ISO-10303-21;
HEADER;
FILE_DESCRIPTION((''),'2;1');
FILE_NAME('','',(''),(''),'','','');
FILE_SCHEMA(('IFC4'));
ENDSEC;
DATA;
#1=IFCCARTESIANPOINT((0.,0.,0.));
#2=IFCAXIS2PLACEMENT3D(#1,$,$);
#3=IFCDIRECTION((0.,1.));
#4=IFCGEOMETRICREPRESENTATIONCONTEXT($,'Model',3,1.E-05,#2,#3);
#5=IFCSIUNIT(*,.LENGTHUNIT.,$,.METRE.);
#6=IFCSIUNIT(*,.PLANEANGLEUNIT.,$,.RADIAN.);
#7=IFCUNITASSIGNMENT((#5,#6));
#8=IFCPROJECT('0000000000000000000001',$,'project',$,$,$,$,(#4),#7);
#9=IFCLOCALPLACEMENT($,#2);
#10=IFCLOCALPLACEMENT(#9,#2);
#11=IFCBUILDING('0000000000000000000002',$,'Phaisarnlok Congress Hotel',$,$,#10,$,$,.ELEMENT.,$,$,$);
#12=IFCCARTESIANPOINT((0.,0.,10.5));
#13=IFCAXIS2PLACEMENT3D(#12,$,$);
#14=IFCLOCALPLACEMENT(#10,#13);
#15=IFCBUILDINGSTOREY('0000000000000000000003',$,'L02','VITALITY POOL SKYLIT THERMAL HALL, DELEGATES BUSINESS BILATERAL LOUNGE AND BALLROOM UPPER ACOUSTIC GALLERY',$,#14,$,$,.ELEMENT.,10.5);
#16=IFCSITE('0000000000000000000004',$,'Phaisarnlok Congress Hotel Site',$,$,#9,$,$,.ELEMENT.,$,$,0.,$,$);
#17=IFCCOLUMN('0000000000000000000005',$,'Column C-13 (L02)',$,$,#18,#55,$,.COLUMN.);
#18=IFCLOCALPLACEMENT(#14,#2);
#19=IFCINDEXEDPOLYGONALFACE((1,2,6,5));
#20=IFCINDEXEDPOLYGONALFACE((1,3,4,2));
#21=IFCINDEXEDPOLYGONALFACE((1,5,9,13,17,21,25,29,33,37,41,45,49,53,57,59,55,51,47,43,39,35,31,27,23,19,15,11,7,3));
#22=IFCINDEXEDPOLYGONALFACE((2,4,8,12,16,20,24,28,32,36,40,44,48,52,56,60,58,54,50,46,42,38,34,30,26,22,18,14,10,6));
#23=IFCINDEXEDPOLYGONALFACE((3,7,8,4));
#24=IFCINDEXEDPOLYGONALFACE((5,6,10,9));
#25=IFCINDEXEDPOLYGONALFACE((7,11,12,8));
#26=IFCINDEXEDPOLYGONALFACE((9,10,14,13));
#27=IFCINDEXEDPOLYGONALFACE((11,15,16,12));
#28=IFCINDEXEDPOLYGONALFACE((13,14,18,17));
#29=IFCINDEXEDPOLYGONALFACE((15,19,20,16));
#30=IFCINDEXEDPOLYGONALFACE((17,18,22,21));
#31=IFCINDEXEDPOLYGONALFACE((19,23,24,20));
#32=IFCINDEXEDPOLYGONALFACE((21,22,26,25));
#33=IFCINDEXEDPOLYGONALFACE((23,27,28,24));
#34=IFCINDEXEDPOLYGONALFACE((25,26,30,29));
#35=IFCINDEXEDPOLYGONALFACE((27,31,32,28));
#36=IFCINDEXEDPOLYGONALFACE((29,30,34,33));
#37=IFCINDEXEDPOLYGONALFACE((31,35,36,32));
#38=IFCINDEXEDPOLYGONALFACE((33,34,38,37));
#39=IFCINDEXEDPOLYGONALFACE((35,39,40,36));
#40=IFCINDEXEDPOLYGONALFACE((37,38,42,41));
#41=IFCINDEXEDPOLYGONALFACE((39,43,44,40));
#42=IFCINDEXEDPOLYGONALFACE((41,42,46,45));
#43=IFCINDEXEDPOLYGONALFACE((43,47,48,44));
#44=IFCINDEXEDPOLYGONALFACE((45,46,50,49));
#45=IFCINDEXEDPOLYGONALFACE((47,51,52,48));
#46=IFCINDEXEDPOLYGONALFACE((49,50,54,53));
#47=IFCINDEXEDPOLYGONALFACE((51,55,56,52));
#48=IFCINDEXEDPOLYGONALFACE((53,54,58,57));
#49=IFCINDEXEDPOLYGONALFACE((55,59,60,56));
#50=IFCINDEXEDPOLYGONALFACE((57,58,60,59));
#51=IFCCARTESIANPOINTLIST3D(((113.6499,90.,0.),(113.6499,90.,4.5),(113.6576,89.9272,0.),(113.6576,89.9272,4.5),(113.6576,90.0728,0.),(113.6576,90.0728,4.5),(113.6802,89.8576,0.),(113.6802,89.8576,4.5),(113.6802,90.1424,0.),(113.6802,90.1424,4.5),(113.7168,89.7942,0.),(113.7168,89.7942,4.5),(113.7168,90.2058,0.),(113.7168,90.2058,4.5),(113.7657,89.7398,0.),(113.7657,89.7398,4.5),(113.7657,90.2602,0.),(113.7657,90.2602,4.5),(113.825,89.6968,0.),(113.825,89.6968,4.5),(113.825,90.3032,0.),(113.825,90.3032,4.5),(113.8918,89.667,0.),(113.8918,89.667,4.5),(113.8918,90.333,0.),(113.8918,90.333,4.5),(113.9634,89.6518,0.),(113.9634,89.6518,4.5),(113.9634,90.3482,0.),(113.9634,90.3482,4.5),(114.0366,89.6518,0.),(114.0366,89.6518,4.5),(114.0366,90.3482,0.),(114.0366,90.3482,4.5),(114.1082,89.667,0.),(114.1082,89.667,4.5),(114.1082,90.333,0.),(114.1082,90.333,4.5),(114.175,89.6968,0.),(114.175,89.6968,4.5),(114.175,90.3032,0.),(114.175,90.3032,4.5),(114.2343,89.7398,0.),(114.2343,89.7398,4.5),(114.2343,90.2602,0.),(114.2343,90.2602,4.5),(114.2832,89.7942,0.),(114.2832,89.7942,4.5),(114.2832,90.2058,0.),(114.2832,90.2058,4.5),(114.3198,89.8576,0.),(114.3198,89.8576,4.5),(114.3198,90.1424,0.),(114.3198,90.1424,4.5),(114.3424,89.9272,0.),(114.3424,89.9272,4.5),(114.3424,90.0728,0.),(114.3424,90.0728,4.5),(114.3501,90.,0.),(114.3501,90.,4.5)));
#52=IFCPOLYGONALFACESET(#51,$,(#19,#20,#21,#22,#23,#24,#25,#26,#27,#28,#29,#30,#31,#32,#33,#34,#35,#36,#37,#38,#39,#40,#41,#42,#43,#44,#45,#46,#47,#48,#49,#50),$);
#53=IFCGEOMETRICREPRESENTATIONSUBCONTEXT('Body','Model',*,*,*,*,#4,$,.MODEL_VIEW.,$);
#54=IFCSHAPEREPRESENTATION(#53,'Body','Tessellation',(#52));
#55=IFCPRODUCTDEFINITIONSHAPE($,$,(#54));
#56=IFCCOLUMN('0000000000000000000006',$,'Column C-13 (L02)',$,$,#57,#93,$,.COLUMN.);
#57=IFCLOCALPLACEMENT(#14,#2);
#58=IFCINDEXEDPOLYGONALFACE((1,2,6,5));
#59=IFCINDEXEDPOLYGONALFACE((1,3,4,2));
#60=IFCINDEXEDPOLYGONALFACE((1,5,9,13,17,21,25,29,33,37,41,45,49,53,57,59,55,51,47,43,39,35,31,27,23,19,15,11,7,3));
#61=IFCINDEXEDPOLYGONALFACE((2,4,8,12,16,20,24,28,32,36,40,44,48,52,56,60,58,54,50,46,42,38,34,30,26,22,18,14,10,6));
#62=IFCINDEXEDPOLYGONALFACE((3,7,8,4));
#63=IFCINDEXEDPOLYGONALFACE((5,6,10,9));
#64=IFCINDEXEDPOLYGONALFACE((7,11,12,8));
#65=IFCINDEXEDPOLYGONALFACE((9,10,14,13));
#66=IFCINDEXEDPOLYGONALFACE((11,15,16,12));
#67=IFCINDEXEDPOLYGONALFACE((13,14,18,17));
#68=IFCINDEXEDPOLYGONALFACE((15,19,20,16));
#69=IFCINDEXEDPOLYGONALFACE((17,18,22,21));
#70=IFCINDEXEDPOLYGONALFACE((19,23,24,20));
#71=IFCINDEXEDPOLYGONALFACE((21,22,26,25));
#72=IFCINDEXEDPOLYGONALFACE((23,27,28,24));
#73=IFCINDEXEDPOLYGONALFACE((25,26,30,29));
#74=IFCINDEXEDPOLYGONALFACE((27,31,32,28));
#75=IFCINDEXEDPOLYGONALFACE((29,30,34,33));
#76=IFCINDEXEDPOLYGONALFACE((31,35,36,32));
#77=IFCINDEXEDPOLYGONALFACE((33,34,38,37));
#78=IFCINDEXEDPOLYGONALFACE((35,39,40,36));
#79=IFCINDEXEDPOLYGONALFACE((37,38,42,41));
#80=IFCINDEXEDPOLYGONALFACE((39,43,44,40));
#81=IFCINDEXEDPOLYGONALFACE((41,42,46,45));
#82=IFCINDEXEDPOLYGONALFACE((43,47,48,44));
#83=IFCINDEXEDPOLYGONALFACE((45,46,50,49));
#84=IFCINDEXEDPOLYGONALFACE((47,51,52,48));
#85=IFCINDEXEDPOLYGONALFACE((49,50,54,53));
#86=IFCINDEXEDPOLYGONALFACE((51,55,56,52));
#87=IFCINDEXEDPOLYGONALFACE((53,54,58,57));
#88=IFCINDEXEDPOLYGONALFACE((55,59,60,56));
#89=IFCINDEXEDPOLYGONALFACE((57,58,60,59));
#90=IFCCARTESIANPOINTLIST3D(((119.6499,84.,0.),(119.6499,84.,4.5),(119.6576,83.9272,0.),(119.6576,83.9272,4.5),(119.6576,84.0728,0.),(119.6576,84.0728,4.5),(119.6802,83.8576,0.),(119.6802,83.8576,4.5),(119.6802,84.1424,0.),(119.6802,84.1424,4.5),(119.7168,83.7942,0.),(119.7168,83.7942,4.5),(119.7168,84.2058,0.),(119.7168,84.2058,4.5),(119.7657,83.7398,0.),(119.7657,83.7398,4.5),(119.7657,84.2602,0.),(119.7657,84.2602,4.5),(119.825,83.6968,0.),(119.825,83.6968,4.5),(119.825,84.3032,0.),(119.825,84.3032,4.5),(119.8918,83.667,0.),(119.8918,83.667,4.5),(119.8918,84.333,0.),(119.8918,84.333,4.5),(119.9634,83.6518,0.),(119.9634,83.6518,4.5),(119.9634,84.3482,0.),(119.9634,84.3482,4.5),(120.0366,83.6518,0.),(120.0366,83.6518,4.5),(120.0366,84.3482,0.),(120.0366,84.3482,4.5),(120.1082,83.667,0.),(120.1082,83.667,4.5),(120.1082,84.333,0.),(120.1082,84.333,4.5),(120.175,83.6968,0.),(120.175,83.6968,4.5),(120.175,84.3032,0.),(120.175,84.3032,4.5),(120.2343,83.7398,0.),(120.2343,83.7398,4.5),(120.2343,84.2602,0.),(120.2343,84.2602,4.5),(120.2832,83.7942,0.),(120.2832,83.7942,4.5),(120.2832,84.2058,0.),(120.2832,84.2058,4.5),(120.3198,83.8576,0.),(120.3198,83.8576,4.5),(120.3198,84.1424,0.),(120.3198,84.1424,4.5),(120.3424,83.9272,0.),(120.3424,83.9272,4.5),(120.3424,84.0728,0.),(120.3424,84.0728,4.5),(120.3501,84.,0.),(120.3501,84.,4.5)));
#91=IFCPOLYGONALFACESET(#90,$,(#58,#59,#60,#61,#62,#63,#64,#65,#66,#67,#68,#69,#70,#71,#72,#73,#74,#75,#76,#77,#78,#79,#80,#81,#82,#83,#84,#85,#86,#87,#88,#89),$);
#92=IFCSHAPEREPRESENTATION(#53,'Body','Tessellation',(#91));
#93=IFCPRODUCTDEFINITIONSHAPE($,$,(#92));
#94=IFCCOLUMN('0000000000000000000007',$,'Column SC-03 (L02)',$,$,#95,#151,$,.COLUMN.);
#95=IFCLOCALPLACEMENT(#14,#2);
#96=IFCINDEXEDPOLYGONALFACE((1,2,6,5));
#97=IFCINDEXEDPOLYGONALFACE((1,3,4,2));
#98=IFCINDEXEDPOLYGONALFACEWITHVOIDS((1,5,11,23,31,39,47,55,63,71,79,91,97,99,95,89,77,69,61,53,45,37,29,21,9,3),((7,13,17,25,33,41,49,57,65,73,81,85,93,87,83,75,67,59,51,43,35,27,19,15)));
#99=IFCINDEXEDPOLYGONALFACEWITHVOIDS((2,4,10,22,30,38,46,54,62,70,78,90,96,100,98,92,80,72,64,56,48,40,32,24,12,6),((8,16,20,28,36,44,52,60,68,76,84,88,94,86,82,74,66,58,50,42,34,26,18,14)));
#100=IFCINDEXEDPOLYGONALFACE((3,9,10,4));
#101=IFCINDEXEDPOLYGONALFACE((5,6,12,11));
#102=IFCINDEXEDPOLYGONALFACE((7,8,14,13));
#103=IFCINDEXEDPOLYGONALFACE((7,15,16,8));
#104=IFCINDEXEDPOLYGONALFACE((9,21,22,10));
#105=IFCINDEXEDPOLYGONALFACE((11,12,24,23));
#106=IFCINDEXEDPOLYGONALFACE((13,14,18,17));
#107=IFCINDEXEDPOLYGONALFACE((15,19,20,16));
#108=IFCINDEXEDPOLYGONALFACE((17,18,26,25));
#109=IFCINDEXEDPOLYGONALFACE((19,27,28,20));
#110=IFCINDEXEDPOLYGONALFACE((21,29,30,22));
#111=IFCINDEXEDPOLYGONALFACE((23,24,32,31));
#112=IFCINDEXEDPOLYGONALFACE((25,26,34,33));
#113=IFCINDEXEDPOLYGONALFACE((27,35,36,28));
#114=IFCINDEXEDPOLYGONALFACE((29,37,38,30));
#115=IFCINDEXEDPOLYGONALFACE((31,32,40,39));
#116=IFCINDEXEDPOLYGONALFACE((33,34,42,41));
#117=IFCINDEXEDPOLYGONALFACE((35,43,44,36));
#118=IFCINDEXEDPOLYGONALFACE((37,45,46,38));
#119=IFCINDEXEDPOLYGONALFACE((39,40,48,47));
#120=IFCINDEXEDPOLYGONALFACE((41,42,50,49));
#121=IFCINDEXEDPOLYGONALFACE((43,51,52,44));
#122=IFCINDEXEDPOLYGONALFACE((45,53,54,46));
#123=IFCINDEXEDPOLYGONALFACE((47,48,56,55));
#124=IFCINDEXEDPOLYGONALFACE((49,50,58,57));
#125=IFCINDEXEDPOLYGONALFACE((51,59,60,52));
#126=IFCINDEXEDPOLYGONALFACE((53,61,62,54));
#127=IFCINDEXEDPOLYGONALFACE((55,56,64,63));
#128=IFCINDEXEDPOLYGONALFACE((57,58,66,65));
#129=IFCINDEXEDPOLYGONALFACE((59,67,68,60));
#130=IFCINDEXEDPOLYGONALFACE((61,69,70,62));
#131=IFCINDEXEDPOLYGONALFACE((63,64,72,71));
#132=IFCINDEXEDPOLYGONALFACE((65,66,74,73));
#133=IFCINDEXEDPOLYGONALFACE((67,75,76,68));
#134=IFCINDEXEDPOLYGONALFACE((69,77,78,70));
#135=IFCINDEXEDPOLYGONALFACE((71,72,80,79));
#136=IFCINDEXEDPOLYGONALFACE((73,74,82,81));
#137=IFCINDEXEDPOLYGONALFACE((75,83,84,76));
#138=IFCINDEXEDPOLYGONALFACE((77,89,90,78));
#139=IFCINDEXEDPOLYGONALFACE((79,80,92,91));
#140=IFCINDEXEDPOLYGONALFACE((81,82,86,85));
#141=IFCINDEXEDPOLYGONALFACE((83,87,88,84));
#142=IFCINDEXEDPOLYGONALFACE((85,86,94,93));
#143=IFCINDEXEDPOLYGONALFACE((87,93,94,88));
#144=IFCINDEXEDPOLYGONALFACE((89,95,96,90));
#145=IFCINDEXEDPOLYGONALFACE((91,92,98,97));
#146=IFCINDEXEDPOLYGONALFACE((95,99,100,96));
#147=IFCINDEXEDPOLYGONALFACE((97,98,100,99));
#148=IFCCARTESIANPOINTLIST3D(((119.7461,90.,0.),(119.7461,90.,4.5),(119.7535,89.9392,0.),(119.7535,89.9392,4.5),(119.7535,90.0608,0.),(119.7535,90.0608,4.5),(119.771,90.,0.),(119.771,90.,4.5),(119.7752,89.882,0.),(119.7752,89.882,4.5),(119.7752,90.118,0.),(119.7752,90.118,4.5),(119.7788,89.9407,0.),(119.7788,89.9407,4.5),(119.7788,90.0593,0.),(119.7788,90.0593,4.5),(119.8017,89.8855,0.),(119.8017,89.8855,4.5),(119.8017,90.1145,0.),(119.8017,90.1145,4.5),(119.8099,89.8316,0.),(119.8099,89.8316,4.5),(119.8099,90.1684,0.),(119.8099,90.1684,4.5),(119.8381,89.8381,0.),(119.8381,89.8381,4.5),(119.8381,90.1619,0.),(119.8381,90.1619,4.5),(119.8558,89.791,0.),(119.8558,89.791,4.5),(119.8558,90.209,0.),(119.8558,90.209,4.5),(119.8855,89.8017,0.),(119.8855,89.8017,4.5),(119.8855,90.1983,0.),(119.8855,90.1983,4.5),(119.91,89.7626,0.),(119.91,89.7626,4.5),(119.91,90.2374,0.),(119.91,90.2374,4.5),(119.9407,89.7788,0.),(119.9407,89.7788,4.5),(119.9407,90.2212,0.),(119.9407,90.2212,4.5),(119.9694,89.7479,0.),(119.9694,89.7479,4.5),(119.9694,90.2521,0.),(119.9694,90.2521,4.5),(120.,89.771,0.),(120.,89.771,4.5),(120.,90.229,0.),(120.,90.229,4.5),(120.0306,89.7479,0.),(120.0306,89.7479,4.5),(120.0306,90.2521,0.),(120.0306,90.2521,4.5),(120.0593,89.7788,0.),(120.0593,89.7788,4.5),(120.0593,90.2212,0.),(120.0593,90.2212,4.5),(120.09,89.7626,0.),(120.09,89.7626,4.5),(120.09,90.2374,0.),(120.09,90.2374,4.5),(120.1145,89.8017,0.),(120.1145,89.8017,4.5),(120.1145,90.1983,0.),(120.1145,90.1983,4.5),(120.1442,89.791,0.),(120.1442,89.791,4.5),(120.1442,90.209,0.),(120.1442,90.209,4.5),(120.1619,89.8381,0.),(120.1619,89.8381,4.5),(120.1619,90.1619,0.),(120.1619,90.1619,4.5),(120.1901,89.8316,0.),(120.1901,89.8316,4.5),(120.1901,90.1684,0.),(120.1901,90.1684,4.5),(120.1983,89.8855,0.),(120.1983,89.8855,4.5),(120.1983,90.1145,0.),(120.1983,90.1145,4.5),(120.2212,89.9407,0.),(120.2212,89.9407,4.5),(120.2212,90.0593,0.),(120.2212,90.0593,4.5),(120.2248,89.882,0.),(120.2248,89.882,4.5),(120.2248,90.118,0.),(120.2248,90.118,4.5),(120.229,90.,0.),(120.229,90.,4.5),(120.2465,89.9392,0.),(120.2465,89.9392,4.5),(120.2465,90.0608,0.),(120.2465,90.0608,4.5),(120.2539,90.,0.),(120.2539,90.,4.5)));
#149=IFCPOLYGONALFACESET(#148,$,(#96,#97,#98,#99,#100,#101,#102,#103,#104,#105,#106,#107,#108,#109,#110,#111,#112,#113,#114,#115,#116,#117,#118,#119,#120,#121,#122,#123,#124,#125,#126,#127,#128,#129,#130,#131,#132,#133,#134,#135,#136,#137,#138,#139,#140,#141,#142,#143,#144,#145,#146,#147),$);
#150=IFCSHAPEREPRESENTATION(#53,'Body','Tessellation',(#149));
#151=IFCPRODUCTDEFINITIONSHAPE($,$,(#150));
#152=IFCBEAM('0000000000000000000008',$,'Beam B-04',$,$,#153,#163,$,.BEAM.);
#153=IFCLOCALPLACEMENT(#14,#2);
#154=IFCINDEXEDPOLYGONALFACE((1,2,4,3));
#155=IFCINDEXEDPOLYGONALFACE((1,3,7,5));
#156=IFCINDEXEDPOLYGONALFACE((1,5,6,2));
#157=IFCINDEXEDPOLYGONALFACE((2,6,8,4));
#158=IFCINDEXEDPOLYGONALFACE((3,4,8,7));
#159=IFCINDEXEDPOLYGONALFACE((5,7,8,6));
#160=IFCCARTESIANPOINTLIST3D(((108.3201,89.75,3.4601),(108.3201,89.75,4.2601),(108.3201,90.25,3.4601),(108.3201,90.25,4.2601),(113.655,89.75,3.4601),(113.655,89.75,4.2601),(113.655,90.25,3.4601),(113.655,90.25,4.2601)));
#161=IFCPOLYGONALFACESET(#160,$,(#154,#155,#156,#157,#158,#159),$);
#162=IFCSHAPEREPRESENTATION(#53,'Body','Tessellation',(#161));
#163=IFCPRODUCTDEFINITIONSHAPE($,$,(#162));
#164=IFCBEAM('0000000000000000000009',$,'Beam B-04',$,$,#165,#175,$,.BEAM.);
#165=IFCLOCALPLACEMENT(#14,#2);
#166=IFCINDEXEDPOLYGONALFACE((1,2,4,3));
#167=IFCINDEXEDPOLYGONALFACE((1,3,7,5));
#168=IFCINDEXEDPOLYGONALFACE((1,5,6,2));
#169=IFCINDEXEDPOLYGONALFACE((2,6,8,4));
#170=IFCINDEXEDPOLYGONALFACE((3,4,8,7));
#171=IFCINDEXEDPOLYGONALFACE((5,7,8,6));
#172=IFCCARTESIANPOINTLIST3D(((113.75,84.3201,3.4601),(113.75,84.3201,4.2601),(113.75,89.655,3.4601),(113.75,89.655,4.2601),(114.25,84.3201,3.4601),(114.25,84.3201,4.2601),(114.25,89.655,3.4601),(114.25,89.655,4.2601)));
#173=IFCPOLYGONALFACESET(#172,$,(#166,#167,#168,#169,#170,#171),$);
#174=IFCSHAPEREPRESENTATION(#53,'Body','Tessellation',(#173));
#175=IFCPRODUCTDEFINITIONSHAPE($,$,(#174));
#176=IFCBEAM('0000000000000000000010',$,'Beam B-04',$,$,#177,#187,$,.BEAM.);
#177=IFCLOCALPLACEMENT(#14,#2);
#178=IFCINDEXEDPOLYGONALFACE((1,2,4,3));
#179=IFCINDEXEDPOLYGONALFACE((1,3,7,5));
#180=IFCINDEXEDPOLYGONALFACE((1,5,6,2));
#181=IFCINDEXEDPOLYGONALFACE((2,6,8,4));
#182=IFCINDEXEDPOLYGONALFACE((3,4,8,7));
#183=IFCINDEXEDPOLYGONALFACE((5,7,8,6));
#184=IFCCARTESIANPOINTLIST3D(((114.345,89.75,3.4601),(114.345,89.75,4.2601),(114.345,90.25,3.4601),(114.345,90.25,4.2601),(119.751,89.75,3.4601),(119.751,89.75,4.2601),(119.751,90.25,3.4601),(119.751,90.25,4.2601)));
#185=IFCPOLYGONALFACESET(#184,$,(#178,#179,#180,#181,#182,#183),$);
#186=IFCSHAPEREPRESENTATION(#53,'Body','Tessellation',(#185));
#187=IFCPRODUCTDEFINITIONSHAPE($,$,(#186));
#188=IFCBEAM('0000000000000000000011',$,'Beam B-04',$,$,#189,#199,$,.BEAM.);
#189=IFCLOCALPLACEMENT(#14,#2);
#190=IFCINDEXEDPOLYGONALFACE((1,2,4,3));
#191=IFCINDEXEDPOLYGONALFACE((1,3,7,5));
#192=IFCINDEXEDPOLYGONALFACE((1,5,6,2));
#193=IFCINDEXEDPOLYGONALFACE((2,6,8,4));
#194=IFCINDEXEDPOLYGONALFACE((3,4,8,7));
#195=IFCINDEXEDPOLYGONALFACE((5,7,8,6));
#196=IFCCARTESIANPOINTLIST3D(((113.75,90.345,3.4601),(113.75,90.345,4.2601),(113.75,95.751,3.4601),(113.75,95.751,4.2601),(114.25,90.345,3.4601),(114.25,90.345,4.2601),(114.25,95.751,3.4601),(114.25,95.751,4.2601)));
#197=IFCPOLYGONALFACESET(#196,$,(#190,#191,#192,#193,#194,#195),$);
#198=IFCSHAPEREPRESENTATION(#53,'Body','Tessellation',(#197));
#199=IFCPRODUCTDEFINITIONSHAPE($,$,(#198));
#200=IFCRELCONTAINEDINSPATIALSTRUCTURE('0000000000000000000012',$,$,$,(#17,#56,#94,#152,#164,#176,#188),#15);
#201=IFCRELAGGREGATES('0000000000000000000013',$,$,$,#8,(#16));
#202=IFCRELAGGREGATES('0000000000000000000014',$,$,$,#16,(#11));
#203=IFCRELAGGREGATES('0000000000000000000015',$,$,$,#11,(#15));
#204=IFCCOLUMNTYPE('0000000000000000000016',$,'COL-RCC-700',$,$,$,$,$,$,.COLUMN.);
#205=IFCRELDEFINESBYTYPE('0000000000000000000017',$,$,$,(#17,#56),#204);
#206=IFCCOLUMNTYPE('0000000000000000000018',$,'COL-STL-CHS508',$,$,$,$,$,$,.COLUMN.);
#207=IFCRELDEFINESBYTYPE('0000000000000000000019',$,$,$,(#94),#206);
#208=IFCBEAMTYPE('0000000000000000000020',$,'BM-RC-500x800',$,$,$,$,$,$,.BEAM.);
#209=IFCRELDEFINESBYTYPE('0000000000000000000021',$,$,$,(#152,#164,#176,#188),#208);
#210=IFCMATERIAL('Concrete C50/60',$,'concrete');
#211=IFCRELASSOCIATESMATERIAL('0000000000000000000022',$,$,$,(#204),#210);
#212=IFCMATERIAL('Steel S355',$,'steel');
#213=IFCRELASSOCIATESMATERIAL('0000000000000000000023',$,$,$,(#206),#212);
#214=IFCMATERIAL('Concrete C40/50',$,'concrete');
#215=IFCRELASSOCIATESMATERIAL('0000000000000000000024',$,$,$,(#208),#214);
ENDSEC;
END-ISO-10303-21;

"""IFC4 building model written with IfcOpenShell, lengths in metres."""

from ifc_helpers import new_model, si_unit, direction, frame, origin, origin_2d, place, context, subcontext, project, spatial, rectangle, circle, hollow_circle, extrude, material, material_profile, profile_set, type_object, element, save


model = new_model("IFC4")

# Units and contexts
model_context = context("Model", 3, precision=1e-05, world=origin(), true_north=direction((0.0, 1.0)))
body_context = subcontext(model_context, "Body", "Model", "MODEL_VIEW")
ifc_project = project(units=[si_unit("LENGTHUNIT", "METRE"), si_unit("PLANEANGLEUNIT", "RADIAN")], contexts=[model_context])

# Site, building, storey
site_placement = place(None, origin())
site = spatial("IfcSite", under=ifc_project, at=site_placement, Name="Phaisarnlok Congress Hotel Site", CompositionType="ELEMENT", RefElevation=0.0)
building_placement = place(site_placement, origin())
building = spatial("IfcBuilding", under=site, at=building_placement, Name="Phaisarnlok Congress Hotel", CompositionType="ELEMENT")
storey_placement = place(building_placement, frame((0.0, 0.0, 10.5)))
storey = spatial("IfcBuildingStorey", under=building, at=storey_placement, Name="L02", Description="VITALITY POOL SKYLIT THERMAL HALL, DELEGATES BUSINESS BILATERAL LOUNGE AND BALLROOM UPPER ACOUSTIC GALLERY", CompositionType="ELEMENT", Elevation=10.5)

# Columns
ifc_material_1 = material(Name="Concrete C50/60", Category="concrete")
ifc_material_profile_1 = material_profile(ifc_material_1, circle(Radius=0.3501, at=origin_2d()), Name="RCC D700")
ifc_profile_set_1 = profile_set([ifc_material_profile_1], Name="Concrete C50/60")
column_type_1 = type_object("IfcColumnType", Name="COL-RCC-700", PredefinedType="COLUMN", material=ifc_profile_set_1)
for number, where, z_axis, x_axis, name in (
    (1, (114.0, 90.0, 0.0), (0.0, 0.0, 1.0), (1.0, 0.0, 0.0), "Column C-13 (L02)"),
    (2, (120.0, 84.0, 0.0), (0.0, 0.0, 1.0), (1.0, 0.0, 0.0), "Column C-13 (L02)"),
):
    element("IfcColumn", number, at=place(storey_placement, frame(where, z_axis=z_axis, x_axis=x_axis)), inside=storey, type_object=column_type_1, Name=name, PredefinedType="COLUMN", context=body_context, shape_type="SweptSolid", body=[
        extrude(circle(Radius=0.3501, at=origin_2d()), origin(), (0.0, 0.0, 1.0), 4.5),
    ])
ifc_material_2 = material(Name="Steel S355", Category="steel")
ifc_material_profile_2 = material_profile(ifc_material_2, hollow_circle(Radius=0.2539, WallThickness=0.0249, at=origin_2d()), Name="CHS 508x25")
ifc_profile_set_2 = profile_set([ifc_material_profile_2], Name="Steel S355")
column_type_2 = type_object("IfcColumnType", Name="COL-STL-CHS508", PredefinedType="COLUMN", material=ifc_profile_set_2)
column_placement = place(storey_placement, frame((120.0, 90.0, 0.0), z_axis=(0.0, 0.0, 1.0), x_axis=(1.0, 0.0, 0.0)))
element("IfcColumn", 3, at=column_placement, inside=storey, type_object=column_type_2, Name="Column SC-03 (L02)", PredefinedType="COLUMN", context=body_context, shape_type="SweptSolid", body=[
    extrude(hollow_circle(Radius=0.2539, WallThickness=0.0249, at=origin_2d()), origin(), (0.0, 0.0, 1.0), 4.5),
])

# Beams
ifc_material_3 = material(Name="Concrete C40/50", Category="concrete")
ifc_material_profile_3 = material_profile(ifc_material_3, rectangle(XDim=0.5, YDim=0.8, at=origin_2d()), Name="RC 500x800")
ifc_profile_set_3 = profile_set([ifc_material_profile_3], Name="Concrete C40/50")
beam_type_1 = type_object("IfcBeamType", Name="BM-RC-500x800", PredefinedType="BEAM", material=ifc_profile_set_3)
for number, where, z_axis, x_axis, name in (
    (4, (108.3201, 90.0, 3.8601), (1.0, 0.0, 0.0), (0.0, 1.0, 0.0), "Beam B-04"),
    (5, (114.0, 84.3201, 3.8601), (0.0, 1.0, 0.0), (-1.0, 0.0, 0.0), "Beam B-04"),
):
    element("IfcBeam", number, at=place(storey_placement, frame(where, z_axis=z_axis, x_axis=x_axis)), inside=storey, type_object=beam_type_1, Name=name, PredefinedType="BEAM", context=body_context, shape_type="SweptSolid", body=[
        extrude(rectangle(XDim=0.5, YDim=0.8, at=origin_2d()), origin(), (0.0, 0.0, 1.0), 5.335),
    ])
for number, where, z_axis, x_axis, name in (
    (6, (114.345, 90.0, 3.8601), (1.0, 0.0, 0.0), (0.0, 1.0, 0.0), "Beam B-04"),
    (7, (114.0, 90.345, 3.8601), (0.0, 1.0, 0.0), (-1.0, 0.0, 0.0), "Beam B-04"),
):
    element("IfcBeam", number, at=place(storey_placement, frame(where, z_axis=z_axis, x_axis=x_axis)), inside=storey, type_object=beam_type_1, Name=name, PredefinedType="BEAM", context=body_context, shape_type="SweptSolid", body=[
        extrude(rectangle(XDim=0.5, YDim=0.8, at=origin_2d()), origin(), (0.0, 0.0, 1.0), 5.406),
    ])

save(model, "model.ifc")
